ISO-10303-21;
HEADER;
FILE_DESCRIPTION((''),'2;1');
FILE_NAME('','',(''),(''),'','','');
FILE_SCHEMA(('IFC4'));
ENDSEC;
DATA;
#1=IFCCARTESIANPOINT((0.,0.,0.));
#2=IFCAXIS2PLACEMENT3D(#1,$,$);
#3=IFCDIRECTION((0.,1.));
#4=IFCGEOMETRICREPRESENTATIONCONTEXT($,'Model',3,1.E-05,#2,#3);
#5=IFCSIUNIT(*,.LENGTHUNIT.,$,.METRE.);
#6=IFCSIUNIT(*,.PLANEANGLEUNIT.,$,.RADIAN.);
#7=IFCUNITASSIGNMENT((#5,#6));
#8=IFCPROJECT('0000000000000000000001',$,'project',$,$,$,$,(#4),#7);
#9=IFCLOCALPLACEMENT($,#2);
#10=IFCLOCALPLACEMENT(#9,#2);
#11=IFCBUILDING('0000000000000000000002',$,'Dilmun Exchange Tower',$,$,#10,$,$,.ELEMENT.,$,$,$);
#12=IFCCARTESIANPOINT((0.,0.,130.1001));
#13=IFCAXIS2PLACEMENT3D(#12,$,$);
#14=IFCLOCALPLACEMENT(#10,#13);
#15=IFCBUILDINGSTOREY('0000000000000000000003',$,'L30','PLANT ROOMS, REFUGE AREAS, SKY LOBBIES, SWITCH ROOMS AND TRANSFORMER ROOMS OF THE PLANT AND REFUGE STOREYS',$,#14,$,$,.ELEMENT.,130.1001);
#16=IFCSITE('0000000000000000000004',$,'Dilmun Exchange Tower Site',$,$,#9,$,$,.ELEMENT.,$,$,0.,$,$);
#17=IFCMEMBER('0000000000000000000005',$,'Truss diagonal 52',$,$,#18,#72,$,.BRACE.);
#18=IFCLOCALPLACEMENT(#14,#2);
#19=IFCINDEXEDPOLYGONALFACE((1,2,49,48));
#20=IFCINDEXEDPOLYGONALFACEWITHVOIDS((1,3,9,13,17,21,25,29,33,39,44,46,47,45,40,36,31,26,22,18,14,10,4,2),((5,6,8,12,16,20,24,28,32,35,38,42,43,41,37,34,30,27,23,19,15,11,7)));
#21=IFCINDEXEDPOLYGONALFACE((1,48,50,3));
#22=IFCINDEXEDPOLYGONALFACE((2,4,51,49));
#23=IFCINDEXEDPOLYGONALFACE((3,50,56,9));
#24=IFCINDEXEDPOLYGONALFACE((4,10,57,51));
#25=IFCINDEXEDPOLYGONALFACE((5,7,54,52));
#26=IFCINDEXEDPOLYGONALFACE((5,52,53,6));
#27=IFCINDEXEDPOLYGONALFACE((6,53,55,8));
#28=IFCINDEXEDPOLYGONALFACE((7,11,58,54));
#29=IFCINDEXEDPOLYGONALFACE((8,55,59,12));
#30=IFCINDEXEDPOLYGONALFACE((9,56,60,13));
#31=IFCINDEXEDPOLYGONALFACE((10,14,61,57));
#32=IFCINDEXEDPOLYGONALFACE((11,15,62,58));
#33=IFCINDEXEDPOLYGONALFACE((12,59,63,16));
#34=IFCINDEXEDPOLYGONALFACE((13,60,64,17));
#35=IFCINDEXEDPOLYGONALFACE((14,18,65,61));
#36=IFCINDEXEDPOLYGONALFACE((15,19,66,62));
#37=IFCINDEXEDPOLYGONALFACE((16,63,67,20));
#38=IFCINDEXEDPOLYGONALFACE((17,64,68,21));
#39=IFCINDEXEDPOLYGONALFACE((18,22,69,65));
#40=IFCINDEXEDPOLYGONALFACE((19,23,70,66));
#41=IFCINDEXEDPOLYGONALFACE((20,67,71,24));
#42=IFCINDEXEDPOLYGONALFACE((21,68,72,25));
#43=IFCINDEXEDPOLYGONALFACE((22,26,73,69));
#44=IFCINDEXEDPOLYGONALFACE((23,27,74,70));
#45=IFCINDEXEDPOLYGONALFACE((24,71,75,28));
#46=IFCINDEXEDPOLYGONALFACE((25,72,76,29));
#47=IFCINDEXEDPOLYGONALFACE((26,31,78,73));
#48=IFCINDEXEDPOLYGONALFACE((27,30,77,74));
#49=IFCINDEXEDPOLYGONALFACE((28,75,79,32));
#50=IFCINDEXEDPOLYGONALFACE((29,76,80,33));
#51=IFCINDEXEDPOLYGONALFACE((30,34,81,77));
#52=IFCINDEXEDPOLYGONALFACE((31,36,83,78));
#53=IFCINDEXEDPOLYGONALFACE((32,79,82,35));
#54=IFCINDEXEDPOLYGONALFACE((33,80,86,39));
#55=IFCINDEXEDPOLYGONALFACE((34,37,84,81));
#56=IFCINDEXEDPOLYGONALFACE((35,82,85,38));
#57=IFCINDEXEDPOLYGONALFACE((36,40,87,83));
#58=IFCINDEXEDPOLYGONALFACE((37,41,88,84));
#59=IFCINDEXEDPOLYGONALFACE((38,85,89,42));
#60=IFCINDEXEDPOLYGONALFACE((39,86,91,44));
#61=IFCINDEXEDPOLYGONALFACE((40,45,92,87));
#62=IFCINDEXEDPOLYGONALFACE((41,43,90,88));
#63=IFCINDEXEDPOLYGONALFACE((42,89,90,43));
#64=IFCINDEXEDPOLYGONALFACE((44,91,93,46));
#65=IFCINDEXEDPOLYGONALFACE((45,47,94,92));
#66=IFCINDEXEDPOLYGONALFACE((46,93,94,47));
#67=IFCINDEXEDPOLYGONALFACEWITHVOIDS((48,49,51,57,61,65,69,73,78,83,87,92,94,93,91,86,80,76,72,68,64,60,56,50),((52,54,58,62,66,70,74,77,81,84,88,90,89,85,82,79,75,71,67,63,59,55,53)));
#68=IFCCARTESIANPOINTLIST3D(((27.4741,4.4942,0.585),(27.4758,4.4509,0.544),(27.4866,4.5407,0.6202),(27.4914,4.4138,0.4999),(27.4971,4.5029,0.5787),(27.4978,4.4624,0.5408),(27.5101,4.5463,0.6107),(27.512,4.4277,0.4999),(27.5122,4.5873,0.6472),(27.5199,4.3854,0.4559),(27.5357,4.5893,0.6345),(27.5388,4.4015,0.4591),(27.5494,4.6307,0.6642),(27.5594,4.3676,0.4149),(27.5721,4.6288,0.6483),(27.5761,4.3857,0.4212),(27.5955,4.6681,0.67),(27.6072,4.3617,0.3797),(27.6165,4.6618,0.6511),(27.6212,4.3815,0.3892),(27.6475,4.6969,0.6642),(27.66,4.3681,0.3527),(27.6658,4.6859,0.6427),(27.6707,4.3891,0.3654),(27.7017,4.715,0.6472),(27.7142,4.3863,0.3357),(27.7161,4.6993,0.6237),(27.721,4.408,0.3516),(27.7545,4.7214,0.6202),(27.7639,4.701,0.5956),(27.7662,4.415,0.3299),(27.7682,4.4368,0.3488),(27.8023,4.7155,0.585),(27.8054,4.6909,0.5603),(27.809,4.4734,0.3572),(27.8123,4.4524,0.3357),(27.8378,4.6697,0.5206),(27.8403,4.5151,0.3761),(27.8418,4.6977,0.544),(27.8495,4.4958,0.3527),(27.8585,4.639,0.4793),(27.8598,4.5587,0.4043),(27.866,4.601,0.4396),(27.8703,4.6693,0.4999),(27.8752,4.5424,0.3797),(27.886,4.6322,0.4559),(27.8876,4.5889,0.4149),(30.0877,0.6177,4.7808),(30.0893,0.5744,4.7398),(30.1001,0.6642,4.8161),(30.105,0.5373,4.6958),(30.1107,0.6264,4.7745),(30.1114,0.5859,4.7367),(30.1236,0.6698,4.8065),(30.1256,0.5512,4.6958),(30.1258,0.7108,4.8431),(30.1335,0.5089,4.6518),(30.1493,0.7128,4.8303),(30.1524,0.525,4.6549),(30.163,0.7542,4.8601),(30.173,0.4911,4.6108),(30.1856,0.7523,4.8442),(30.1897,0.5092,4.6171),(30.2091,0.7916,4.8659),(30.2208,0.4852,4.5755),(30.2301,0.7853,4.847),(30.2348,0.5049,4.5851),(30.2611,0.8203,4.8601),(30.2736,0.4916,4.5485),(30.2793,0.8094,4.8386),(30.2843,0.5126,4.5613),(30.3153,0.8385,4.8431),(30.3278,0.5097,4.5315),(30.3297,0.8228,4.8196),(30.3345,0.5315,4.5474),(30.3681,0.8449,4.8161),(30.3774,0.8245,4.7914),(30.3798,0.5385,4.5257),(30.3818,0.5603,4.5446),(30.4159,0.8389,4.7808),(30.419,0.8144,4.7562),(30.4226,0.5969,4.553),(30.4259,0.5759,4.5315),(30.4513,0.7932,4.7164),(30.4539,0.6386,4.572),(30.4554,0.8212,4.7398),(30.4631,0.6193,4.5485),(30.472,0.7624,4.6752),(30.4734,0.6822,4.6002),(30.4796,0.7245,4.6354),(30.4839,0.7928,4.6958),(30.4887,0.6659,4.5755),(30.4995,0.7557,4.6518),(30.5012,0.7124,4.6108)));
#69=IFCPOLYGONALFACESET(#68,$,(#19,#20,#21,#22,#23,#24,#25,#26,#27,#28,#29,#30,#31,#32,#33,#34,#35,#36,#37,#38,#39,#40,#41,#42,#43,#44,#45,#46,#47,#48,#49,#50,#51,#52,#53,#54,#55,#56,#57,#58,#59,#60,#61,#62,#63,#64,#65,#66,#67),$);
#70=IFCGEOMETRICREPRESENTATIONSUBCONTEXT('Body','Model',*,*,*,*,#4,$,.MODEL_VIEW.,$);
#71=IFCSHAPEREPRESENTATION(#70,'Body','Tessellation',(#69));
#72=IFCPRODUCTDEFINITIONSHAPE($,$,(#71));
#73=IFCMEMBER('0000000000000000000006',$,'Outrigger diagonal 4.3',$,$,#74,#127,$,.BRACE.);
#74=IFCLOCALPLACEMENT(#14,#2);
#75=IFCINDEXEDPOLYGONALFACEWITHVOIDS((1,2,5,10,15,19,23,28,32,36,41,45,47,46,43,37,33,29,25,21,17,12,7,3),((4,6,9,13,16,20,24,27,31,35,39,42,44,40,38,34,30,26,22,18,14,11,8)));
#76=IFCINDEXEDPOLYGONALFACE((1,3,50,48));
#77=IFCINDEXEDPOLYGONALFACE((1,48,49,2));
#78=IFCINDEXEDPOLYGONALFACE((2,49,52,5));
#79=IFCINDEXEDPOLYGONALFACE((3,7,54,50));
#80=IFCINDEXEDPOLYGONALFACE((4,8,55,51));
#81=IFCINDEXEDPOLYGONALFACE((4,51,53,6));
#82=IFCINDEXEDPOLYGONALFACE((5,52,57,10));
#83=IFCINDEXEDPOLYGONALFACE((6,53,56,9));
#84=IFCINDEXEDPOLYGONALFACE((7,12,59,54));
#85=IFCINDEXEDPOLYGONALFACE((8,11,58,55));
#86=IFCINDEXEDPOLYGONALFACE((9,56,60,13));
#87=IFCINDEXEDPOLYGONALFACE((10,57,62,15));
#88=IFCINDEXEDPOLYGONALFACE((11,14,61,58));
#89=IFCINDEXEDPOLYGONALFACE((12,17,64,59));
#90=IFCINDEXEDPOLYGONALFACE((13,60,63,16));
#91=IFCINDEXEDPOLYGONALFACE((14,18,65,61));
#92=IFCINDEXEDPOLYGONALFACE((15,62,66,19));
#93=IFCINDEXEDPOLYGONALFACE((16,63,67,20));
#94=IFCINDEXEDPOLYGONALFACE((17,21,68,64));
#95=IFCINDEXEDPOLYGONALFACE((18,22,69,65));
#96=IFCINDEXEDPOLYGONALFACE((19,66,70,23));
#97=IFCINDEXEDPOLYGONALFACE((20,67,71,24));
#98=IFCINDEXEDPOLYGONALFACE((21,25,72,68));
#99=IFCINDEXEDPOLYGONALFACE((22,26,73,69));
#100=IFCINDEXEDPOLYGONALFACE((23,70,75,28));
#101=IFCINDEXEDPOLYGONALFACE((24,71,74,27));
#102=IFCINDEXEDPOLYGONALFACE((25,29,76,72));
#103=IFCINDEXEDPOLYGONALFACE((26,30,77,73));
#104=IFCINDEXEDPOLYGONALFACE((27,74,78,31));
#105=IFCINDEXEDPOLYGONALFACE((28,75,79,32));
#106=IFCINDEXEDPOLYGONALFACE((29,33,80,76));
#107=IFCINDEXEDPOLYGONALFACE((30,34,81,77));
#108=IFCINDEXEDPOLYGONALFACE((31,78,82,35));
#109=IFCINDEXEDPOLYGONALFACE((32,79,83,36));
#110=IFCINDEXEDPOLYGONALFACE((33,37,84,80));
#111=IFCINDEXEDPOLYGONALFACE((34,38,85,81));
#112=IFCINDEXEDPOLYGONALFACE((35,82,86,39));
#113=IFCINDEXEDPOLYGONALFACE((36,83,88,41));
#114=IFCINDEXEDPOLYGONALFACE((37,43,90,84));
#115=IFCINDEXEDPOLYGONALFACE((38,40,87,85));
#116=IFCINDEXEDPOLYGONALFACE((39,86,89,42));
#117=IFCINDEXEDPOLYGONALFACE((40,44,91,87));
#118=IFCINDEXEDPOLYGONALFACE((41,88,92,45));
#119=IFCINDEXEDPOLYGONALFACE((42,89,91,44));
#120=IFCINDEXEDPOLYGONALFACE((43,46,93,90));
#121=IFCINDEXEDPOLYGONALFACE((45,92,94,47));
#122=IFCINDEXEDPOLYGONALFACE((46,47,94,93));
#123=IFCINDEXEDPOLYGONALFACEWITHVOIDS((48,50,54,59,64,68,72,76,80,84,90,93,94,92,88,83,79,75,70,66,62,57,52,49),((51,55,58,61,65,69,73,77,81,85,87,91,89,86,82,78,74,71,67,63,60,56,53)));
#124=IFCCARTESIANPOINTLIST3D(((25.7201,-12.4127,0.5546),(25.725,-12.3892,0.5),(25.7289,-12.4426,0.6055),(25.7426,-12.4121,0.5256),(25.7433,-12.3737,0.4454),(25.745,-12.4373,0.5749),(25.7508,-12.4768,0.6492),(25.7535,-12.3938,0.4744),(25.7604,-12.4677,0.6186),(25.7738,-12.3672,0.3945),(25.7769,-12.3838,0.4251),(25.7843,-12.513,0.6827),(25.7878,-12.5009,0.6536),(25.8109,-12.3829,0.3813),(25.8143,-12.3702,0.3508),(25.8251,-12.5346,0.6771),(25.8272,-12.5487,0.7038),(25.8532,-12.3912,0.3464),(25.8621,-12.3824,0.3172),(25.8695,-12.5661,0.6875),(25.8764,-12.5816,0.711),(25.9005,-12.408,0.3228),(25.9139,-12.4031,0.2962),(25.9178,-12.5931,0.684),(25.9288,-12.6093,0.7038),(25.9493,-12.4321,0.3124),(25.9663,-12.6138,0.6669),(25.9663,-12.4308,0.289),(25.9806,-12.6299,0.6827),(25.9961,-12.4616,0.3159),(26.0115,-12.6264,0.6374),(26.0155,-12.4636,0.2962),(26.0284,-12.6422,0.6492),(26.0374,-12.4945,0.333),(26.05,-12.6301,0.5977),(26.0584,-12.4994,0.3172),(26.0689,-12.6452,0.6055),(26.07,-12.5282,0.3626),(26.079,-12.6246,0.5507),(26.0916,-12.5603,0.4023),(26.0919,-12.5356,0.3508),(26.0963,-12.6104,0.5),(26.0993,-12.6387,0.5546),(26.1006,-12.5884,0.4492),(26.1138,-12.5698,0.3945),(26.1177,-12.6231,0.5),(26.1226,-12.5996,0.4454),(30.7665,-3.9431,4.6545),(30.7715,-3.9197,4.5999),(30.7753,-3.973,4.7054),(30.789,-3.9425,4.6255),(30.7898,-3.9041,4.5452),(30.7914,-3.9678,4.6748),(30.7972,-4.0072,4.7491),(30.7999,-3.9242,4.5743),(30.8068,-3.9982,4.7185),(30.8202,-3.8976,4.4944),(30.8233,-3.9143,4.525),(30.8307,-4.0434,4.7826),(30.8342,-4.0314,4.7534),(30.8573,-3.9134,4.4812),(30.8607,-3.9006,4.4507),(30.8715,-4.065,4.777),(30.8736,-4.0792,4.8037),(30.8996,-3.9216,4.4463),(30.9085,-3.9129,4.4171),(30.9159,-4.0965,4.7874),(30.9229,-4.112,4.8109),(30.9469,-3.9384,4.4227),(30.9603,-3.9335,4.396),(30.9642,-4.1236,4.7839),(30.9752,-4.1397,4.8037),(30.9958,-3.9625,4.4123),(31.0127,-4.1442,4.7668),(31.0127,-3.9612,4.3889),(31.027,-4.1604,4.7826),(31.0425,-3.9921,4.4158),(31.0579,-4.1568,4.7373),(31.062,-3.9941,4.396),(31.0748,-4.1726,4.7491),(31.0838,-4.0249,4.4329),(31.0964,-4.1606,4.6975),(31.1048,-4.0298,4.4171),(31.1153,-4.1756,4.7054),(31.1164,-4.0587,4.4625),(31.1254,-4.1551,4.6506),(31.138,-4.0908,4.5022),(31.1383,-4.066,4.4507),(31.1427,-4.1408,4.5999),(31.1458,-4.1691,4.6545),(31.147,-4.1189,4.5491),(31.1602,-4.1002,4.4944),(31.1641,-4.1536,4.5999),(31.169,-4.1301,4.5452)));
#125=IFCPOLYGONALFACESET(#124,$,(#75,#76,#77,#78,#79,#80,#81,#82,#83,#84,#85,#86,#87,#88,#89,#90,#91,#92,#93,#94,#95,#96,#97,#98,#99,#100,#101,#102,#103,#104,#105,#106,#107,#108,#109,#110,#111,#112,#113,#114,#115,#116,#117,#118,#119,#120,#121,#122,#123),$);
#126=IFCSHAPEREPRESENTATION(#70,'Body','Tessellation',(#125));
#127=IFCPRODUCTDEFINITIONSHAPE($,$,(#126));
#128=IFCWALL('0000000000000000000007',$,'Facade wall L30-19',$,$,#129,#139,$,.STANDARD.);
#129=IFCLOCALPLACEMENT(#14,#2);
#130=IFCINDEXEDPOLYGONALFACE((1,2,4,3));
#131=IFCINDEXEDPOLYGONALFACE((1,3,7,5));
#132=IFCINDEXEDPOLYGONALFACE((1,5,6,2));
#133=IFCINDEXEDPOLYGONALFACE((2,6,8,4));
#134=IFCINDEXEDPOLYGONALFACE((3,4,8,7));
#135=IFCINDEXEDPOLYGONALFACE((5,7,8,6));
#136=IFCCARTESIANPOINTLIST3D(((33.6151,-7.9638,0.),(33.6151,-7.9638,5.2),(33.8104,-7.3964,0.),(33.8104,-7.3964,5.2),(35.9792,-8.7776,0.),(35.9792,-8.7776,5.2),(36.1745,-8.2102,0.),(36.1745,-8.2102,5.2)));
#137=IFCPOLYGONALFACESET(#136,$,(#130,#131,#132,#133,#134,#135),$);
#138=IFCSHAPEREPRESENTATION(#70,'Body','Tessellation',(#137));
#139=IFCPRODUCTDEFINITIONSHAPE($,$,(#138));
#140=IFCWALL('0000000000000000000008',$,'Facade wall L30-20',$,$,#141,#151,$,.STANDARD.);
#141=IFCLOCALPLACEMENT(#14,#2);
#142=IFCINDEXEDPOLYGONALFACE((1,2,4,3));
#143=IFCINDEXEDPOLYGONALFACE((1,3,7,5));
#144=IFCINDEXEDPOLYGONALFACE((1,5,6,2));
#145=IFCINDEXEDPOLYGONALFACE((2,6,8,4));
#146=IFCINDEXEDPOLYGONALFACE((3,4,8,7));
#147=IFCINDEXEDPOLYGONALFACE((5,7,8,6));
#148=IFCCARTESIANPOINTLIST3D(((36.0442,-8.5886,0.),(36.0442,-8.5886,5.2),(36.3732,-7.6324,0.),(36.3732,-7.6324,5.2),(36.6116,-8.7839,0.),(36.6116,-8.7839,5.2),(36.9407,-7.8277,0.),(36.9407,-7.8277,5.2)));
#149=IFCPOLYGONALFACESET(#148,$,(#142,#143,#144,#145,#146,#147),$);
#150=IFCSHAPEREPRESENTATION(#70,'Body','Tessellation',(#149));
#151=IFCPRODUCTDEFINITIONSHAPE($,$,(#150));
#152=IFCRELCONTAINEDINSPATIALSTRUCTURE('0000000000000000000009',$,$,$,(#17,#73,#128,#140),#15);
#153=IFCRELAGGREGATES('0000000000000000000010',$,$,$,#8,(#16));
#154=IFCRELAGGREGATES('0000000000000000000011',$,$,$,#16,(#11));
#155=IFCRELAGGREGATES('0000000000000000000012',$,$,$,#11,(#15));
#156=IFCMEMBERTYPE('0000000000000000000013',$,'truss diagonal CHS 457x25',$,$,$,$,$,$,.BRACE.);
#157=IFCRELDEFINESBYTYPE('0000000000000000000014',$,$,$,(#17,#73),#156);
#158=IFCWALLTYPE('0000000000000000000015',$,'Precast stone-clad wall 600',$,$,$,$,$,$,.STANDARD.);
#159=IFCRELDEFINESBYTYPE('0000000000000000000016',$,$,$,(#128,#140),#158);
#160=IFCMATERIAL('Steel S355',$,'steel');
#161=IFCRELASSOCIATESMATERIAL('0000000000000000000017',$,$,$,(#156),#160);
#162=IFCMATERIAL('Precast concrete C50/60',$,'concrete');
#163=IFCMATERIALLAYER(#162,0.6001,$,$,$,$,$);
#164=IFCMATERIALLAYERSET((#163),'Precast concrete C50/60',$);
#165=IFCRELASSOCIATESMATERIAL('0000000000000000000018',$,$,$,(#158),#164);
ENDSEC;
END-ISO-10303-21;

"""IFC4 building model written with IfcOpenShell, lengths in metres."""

from ifc_helpers import new_model, si_unit, direction, frame, frame_2d, origin, origin_2d, place, context, subcontext, project, spatial, rectangle, hollow_circle, extrude, material, layer, layer_set, material_profile, profile_set, type_object, element, save


model = new_model("IFC4")

# Units and contexts
model_context = context("Model", 3, precision=1e-05, world=origin(), true_north=direction((0.0, 1.0)))
body_context = subcontext(model_context, "Body", "Model", "MODEL_VIEW")
ifc_project = project(units=[si_unit("LENGTHUNIT", "METRE"), si_unit("PLANEANGLEUNIT", "RADIAN")], contexts=[model_context])

# Site, building, storey
site_placement = place(None, origin())
site = spatial("IfcSite", under=ifc_project, at=site_placement, Name="Dilmun Exchange Tower Site", CompositionType="ELEMENT", RefElevation=0.0)
building_placement = place(site_placement, origin())
building = spatial("IfcBuilding", under=site, at=building_placement, Name="Dilmun Exchange Tower", CompositionType="ELEMENT")
storey_placement = place(building_placement, frame((0.0, 0.0, 130.1001)))
storey = spatial("IfcBuildingStorey", under=building, at=storey_placement, Name="L30", Description="PLANT ROOMS, REFUGE AREAS, SKY LOBBIES, SWITCH ROOMS AND TRANSFORMER ROOMS OF THE PLANT AND REFUGE STOREYS", CompositionType="ELEMENT", Elevation=130.1001)

# Shared definitions
ifc_material_1 = material(Name="Steel S355", Category="steel")

# Members
ifc_material_profile_1 = material_profile(ifc_material_1, hollow_circle(Radius=0.2285, WallThickness=0.0249, at=origin_2d()), Name="CHS 457x25")
ifc_profile_set_1 = profile_set([ifc_material_profile_1], Name="Steel S355")
member_type = type_object("IfcMemberType", Name="truss diagonal CHS 457x25", PredefinedType="BRACE", material=ifc_profile_set_1)
member_1_placement = place(storey_placement, frame((30.2944, 0.665, 4.6958), z_axis=(-0.416041, 0.617085, -0.667919), x_axis=(-0.829155, -0.559019, 0.0)))
element("IfcMember", 1, at=member_1_placement, inside=storey, type_object=member_type, Name="Truss diagonal 52", PredefinedType="BRACE", context=body_context, shape_type="SweptSolid", body=[
    extrude(hollow_circle(Radius=0.2285, WallThickness=0.0249, at=origin_2d()), origin(), (0.0, 0.0, 1.0), 6.282),
])
member_2_placement = place(storey_placement, frame((30.9678, -4.0366, 4.5999), z_axis=(-0.472623, -0.793216, -0.383975), x_axis=(0.859069, -0.51186, 0.0)))
element("IfcMember", 2, at=member_2_placement, inside=storey, type_object=member_type, Name="Outrigger diagonal 4.3", PredefinedType="BRACE", context=body_context, shape_type="SweptSolid", body=[
    extrude(hollow_circle(Radius=0.2285, WallThickness=0.0249, at=origin_2d()), origin(), (0.0, 0.0, 1.0), 10.6775),
])

# Walls
ifc_material_2 = material(Name="Precast concrete C50/60", Category="concrete")
ifc_layer_1 = layer(ifc_material_2, 0.6001)
ifc_layer_set_1 = layer_set([ifc_layer_1], Name="Precast concrete C50/60")
wall_type = type_object("IfcWallType", Name="Precast stone-clad wall 600", PredefinedType="STANDARD", material=ifc_layer_set_1)
wall_1_placement = place(storey_placement, frame((33.7129, -7.6802, 0.0), z_axis=(0.0, 0.0, 1.0), x_axis=(0.945552, -0.32547, 0.0)))
element("IfcWall", 3, at=wall_1_placement, inside=storey, type_object=wall_type, Name="Facade wall L30-19", PredefinedType="STANDARD", context=body_context, shape_type="SweptSolid", body=[
    extrude(rectangle(XDim=2.5002, YDim=0.6001, at=frame_2d((1.25, 0.0))), origin(), (0.0, 0.0, 1.0), 5.2),
])
wall_2_placement = place(storey_placement, frame((36.3279, -8.6863, 0.0), z_axis=(0.0, 0.0, 1.0), x_axis=(0.32541, 0.945573, 0.0)))
element("IfcWall", 4, at=wall_2_placement, inside=storey, type_object=wall_type, Name="Facade wall L30-20", PredefinedType="STANDARD", context=body_context, shape_type="SweptSolid", body=[
    extrude(rectangle(XDim=1.0112, YDim=0.6001, at=frame_2d((0.5056, 0.0))), origin(), (0.0, 0.0, 1.0), 5.2),
])

save(model, "model.ifc")
